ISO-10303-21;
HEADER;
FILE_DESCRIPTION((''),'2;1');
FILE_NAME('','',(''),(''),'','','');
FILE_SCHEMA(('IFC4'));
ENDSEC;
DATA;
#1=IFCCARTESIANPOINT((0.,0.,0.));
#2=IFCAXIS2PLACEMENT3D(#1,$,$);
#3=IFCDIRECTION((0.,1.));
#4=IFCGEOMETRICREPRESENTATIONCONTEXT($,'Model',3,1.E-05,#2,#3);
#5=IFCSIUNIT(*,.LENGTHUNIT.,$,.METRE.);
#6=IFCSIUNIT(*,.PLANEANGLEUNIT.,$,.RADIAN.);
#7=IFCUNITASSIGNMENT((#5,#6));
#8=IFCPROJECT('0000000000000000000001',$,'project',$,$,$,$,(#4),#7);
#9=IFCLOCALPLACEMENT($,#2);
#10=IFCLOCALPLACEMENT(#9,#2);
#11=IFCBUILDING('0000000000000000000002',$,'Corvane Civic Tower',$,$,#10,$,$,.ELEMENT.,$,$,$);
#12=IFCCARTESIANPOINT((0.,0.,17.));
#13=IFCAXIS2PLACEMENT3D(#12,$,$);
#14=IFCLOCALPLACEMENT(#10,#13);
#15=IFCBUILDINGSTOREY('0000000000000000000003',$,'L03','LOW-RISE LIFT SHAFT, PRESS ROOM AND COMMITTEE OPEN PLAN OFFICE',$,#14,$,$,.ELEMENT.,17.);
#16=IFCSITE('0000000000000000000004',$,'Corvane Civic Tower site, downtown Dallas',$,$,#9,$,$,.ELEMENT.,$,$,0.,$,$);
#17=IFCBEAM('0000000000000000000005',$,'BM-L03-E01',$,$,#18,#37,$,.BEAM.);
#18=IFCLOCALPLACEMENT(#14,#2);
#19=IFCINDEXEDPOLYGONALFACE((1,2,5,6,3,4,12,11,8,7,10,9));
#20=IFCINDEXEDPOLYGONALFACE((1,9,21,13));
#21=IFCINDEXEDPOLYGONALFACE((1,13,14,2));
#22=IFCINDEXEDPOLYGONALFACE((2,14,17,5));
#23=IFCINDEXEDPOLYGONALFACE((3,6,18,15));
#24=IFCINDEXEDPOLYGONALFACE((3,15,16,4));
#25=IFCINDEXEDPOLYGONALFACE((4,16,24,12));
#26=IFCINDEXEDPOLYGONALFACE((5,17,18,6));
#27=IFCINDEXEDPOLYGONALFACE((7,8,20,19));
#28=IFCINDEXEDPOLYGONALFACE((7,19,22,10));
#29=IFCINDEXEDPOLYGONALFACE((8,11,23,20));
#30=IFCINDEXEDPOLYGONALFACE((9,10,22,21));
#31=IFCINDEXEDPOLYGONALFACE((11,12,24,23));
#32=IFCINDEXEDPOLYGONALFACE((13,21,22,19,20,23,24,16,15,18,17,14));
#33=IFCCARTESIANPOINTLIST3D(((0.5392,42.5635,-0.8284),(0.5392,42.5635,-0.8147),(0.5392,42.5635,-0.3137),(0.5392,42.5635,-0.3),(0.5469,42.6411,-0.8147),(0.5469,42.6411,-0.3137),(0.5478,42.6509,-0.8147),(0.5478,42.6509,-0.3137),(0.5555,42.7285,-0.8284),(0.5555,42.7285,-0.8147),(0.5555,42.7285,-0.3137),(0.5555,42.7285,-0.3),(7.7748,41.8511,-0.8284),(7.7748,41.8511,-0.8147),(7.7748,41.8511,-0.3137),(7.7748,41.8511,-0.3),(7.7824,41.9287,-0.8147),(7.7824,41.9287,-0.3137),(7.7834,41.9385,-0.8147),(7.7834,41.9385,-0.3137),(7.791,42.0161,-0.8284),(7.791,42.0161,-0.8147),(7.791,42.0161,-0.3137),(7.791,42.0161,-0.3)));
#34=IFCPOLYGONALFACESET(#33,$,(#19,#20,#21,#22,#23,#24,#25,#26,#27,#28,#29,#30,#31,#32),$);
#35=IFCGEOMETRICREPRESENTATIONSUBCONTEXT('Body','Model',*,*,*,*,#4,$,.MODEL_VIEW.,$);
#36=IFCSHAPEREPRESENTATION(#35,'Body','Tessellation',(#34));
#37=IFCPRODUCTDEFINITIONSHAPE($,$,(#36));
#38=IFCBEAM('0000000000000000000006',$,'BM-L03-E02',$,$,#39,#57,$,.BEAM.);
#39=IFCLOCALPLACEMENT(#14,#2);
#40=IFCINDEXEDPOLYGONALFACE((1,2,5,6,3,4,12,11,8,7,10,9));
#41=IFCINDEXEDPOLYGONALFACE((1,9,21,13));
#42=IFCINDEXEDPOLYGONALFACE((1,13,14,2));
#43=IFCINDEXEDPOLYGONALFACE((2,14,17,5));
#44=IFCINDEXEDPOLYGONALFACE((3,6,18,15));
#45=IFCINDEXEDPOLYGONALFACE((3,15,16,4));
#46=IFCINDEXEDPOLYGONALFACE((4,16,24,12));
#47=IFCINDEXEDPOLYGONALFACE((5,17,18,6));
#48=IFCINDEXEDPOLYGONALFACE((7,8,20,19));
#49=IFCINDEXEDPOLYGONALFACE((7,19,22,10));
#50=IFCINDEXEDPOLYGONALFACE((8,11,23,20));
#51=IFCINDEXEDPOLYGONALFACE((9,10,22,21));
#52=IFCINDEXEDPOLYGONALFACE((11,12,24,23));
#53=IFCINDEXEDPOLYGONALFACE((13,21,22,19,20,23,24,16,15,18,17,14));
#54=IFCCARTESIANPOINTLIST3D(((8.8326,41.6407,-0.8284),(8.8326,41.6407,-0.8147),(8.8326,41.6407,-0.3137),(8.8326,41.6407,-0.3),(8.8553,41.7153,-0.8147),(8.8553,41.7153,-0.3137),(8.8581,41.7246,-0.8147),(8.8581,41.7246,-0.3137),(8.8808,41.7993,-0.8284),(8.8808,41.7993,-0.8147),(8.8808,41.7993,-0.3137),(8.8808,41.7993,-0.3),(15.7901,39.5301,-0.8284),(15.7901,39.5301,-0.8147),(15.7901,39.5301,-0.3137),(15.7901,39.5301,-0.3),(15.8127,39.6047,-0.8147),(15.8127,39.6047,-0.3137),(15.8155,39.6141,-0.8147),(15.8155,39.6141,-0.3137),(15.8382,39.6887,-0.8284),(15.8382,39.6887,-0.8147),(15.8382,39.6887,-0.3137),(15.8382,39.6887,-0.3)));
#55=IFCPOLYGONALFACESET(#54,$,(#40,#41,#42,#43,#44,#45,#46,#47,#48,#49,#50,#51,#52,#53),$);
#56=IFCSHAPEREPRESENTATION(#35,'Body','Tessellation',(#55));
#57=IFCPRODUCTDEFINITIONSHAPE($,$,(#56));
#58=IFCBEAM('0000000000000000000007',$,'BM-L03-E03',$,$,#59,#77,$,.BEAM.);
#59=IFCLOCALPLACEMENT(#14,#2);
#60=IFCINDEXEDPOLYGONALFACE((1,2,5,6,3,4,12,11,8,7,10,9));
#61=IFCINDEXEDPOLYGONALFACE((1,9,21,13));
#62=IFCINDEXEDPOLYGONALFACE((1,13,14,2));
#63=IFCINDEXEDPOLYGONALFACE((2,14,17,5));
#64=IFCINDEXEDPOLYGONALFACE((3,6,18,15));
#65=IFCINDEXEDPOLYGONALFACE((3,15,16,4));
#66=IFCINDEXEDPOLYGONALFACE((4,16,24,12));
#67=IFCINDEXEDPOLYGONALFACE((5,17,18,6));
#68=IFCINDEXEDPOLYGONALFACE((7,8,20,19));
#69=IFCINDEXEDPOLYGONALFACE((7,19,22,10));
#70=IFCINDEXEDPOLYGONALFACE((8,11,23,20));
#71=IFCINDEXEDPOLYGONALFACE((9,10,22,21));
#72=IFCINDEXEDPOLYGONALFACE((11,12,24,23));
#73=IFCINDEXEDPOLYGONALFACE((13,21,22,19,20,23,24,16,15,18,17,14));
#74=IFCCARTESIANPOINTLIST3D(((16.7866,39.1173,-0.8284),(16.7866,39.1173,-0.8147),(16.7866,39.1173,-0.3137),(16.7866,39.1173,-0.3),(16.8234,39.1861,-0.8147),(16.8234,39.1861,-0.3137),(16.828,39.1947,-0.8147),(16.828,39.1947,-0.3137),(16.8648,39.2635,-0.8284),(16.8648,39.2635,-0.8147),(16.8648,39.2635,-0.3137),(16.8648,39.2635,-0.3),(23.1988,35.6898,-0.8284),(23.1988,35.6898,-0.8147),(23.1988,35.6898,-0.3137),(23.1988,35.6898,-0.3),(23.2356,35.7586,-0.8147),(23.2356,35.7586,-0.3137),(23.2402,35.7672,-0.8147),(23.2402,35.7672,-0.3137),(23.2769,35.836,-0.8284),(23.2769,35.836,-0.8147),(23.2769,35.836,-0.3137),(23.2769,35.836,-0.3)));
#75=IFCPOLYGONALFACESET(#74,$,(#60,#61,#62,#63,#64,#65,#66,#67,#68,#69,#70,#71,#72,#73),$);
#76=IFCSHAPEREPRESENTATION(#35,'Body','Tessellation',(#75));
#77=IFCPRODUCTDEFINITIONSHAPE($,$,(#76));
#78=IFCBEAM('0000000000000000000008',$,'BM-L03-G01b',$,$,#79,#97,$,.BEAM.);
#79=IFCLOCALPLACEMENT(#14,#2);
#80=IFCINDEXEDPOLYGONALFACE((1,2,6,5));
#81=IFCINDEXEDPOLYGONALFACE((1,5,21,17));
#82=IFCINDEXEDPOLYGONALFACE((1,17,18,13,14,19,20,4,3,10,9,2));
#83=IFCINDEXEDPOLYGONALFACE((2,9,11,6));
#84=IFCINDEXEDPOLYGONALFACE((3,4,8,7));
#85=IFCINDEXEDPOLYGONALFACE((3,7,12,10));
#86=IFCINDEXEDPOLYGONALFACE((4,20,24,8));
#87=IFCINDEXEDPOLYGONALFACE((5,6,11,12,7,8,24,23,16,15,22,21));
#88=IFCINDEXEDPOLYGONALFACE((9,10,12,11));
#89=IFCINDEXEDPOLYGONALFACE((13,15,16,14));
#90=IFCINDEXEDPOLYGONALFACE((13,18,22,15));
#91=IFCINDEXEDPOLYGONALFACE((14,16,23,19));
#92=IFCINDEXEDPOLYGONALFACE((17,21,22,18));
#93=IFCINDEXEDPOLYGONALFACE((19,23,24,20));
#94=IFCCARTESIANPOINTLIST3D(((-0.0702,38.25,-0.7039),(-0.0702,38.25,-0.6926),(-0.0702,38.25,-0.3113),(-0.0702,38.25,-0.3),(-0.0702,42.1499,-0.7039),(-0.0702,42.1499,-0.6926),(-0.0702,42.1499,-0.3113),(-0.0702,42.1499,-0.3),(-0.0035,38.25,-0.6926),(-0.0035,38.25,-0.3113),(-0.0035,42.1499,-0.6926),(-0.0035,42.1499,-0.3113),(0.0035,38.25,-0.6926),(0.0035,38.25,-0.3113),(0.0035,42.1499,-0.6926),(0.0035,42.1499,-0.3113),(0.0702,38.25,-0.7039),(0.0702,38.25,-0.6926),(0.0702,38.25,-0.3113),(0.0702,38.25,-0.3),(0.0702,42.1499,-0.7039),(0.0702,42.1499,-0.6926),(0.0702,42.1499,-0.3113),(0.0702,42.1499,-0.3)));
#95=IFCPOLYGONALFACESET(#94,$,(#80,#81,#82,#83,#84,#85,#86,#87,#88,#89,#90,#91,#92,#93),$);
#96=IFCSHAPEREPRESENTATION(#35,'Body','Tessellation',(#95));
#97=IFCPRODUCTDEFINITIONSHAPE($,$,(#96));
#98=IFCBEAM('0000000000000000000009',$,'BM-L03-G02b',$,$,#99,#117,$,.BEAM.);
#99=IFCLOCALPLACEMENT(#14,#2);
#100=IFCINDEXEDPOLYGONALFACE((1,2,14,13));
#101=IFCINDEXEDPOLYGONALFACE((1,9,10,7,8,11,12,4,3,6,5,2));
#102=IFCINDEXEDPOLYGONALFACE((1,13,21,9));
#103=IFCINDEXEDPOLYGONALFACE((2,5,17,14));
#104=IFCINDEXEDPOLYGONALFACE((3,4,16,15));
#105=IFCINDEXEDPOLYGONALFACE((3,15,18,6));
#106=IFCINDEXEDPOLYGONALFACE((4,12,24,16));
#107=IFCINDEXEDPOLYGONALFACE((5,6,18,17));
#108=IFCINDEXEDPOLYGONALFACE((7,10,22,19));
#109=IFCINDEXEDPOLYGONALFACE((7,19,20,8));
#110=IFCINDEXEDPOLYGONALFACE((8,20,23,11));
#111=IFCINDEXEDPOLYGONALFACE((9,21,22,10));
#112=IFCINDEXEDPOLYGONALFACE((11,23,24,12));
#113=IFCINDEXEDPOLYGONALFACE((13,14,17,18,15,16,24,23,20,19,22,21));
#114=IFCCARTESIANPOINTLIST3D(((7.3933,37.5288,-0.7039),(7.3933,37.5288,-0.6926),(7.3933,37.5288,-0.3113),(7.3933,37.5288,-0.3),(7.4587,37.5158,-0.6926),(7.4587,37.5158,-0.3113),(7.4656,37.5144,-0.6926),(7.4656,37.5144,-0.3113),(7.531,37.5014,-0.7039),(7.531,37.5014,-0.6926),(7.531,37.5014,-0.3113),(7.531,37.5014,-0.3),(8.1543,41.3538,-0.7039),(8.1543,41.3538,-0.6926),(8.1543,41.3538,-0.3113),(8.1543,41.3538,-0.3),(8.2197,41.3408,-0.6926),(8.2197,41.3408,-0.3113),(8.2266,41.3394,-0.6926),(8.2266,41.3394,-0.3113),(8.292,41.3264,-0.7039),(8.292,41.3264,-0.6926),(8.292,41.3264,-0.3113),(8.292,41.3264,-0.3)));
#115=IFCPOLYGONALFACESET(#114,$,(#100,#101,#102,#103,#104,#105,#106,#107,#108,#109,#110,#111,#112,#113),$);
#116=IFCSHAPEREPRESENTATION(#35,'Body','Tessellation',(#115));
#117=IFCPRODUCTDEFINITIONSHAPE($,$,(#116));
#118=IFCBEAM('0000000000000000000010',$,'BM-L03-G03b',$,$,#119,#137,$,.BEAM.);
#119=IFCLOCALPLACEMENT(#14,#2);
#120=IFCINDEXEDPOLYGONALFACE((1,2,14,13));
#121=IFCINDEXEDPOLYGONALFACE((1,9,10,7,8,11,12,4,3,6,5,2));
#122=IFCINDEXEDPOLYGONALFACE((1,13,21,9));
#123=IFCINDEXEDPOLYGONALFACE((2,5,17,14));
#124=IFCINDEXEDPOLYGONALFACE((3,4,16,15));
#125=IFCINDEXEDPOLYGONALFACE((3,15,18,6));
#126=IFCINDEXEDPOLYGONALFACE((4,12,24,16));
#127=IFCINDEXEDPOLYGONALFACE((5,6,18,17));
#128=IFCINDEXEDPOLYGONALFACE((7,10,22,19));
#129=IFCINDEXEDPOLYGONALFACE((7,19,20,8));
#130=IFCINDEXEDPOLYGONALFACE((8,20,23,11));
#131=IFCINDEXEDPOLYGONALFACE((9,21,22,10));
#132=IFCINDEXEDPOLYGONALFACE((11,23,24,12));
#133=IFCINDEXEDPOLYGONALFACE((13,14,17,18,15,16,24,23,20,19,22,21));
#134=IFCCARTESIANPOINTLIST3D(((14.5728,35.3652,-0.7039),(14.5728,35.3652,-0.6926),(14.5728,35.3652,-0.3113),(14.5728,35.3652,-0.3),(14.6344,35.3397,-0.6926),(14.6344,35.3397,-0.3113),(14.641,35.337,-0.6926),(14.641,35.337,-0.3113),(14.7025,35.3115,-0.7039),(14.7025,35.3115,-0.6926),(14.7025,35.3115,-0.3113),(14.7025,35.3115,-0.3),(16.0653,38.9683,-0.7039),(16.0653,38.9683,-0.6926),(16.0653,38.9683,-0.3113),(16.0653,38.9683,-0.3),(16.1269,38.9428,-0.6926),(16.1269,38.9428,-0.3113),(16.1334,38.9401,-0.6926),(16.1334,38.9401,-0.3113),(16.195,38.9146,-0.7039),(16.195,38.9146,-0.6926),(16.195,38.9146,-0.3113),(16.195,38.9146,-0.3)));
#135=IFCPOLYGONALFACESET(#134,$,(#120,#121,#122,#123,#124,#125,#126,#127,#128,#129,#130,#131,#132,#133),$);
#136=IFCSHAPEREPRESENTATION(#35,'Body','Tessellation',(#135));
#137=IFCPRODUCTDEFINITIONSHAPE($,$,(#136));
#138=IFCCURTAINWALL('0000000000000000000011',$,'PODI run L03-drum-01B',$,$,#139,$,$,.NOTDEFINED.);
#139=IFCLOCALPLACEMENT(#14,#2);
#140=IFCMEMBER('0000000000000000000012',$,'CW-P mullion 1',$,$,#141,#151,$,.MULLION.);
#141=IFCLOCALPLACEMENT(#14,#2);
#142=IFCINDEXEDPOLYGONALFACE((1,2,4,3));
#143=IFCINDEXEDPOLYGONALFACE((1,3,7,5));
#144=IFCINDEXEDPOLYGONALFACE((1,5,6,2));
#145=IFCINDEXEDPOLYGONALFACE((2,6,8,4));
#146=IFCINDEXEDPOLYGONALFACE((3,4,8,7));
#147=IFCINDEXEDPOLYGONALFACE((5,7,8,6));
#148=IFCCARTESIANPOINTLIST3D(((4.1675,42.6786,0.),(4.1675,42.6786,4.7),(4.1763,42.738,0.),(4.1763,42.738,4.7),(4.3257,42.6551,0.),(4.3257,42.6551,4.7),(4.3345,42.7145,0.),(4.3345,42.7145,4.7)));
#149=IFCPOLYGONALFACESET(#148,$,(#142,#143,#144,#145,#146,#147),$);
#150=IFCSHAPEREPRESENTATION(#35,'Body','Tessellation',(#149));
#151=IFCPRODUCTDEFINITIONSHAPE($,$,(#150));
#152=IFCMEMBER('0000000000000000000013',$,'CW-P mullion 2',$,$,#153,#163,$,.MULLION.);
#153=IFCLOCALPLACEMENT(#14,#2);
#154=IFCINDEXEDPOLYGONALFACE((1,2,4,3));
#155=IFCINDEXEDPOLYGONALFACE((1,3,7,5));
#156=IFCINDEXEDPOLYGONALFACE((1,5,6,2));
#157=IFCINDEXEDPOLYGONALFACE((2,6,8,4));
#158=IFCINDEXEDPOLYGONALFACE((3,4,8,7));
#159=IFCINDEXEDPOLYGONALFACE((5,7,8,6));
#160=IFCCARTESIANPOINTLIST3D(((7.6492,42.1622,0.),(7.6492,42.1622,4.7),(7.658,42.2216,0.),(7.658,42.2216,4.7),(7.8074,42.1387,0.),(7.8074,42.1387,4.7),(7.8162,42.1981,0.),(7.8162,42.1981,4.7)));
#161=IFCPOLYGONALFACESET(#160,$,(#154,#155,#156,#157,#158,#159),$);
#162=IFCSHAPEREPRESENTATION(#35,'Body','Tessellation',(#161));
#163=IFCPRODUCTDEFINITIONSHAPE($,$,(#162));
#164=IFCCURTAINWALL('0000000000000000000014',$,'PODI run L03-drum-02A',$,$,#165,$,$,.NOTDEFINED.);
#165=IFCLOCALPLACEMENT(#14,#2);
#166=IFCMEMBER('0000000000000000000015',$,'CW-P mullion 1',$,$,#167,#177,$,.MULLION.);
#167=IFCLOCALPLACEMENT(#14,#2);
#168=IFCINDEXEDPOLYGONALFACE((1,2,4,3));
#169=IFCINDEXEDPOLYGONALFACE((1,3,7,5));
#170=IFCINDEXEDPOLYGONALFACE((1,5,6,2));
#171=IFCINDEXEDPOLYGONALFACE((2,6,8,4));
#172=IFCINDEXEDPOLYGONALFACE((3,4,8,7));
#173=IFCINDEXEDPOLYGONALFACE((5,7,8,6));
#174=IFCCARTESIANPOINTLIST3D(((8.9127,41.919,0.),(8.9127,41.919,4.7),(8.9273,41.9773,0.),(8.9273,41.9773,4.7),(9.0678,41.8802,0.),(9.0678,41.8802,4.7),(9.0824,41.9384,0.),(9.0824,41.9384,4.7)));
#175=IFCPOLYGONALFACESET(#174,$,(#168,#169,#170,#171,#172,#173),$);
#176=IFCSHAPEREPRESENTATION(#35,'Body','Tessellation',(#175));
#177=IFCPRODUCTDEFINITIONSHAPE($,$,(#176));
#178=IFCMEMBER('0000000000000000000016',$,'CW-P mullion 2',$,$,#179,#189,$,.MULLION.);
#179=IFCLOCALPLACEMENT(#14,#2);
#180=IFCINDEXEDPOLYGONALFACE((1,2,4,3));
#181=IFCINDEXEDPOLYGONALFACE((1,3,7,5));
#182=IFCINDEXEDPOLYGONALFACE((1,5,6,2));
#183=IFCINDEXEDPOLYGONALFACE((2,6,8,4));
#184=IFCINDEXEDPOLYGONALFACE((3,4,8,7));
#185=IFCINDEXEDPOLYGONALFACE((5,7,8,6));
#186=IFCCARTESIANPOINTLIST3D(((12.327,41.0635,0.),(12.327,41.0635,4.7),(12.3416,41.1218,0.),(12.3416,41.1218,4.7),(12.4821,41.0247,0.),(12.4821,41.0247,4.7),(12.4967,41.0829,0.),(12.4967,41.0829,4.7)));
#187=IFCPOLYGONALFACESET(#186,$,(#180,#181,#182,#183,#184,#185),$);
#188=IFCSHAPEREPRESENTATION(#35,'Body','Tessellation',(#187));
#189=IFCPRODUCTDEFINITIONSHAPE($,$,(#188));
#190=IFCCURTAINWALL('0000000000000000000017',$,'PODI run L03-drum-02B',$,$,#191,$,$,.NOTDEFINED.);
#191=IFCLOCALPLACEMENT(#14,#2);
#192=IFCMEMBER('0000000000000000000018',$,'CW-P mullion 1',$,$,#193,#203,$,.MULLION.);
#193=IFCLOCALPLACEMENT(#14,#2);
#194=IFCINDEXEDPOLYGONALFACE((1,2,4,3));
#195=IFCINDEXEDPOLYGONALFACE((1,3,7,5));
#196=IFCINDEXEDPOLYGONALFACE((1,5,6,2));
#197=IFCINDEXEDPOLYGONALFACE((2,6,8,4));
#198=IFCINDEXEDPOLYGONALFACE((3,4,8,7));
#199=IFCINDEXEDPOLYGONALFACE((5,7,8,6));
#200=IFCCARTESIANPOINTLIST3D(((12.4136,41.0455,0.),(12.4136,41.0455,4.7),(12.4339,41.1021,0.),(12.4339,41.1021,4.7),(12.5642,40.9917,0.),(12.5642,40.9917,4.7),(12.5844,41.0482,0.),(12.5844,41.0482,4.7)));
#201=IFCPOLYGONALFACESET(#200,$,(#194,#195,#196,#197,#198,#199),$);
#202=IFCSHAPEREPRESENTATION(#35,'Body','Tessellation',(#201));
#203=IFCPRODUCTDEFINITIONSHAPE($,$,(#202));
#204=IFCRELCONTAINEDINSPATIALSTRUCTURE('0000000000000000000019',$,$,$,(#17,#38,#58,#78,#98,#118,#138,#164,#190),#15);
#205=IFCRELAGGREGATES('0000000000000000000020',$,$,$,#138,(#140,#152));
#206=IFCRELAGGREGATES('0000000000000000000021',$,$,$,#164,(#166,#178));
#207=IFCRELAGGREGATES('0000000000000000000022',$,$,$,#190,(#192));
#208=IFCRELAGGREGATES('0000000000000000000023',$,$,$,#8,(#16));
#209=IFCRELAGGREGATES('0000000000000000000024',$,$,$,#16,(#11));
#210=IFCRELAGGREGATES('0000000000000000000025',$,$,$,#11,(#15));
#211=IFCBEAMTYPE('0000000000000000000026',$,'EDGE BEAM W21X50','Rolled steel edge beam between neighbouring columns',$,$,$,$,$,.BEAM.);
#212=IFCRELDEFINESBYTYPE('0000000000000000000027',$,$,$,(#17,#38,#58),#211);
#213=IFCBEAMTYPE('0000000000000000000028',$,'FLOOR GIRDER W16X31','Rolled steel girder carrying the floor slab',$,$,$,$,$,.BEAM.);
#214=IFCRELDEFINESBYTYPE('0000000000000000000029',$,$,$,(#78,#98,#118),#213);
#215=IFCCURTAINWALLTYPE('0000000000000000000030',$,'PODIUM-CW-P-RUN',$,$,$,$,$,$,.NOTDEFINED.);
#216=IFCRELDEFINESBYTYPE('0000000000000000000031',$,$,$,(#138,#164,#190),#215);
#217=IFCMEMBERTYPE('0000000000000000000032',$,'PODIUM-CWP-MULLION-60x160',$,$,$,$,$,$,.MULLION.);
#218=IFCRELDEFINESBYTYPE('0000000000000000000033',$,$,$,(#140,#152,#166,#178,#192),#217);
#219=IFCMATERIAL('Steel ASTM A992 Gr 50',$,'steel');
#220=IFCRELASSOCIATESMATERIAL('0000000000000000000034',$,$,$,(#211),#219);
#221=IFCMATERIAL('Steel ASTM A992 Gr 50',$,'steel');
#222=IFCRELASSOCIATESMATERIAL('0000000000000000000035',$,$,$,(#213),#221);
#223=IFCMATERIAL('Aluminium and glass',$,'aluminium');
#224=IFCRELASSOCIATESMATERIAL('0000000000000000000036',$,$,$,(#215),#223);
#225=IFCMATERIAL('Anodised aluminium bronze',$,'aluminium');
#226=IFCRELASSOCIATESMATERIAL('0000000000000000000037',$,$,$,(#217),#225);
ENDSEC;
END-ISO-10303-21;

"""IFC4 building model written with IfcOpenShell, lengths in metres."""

from ifc_helpers import new_model, si_unit, direction, frame, origin, origin_2d, place, context, subcontext, project, spatial, rectangle, i_section, extrude, material, material_profile, profile_set, type_object, element, aggregate, save


model = new_model("IFC4")

# Units and contexts
model_context = context("Model", 3, precision=1e-05, world=origin(), true_north=direction((0.0, 1.0)))
body_context = subcontext(model_context, "Body", "Model", "MODEL_VIEW")
ifc_project = project(units=[si_unit("LENGTHUNIT", "METRE"), si_unit("PLANEANGLEUNIT", "RADIAN")], contexts=[model_context])

# Site, building, storey
site_placement = place(None, origin())
site = spatial("IfcSite", under=ifc_project, at=site_placement, Name="Corvane Civic Tower site, downtown Dallas", CompositionType="ELEMENT", RefElevation=0.0)
building_placement = place(site_placement, origin())
building = spatial("IfcBuilding", under=site, at=building_placement, Name="Corvane Civic Tower", CompositionType="ELEMENT")
storey_placement = place(building_placement, frame((0.0, 0.0, 17.0)))
storey = spatial("IfcBuildingStorey", under=building, at=storey_placement, Name="L03", Description="LOW-RISE LIFT SHAFT, PRESS ROOM AND COMMITTEE OPEN PLAN OFFICE", CompositionType="ELEMENT", Elevation=17.0)

# Beams
ifc_material_1 = material(Name="Steel ASTM A992 Gr 50", Category="steel")
ifc_material_profile_1 = material_profile(ifc_material_1, i_section(OverallWidth=0.1658, OverallDepth=0.5283, WebThickness=0.0098, FlangeThickness=0.0137, at=origin_2d()), Name="W21X50")
ifc_profile_set_1 = profile_set([ifc_material_profile_1], Name="Steel ASTM A992 Gr 50")
beam_type_1 = type_object("IfcBeamType", Name="EDGE BEAM W21X50", Description="Rolled steel edge beam between neighbouring columns", PredefinedType="BEAM", material=ifc_profile_set_1)
for number, where, z_axis, x_axis, name in (
    (1, (0.5474, 42.646, -0.5642), (0.995188, -0.097984, 0.0), (0.097984, 0.995188, 0.0), "BM-L03-E01"),
    (2, (8.8567, 41.72, -0.5642), (0.956938, -0.290292, 0.0), (0.290292, 0.956938, 0.0), "BM-L03-E02"),
):
    element("IfcBeam", number, at=place(storey_placement, frame(where, z_axis=z_axis, x_axis=x_axis)), inside=storey, type_object=beam_type_1, Name=name, PredefinedType="BEAM", context=body_context, shape_type="SweptSolid", body=[
        extrude(i_section(OverallWidth=0.1658, OverallDepth=0.5283, WebThickness=0.0098, FlangeThickness=0.0137, at=origin_2d()), origin(), (0.0, 0.0, 1.0), 7.2705),
    ])
beam_placement = place(storey_placement, frame((16.8257, 39.1904, -0.5642), z_axis=(0.881913, -0.471412, 0.0), x_axis=(0.471412, 0.881913, 0.0)))
element("IfcBeam", 3, at=beam_placement, inside=storey, type_object=beam_type_1, Name="BM-L03-E03", PredefinedType="BEAM", context=body_context, shape_type="SweptSolid", body=[
    extrude(i_section(OverallWidth=0.1658, OverallDepth=0.5283, WebThickness=0.0098, FlangeThickness=0.0137, at=origin_2d()), origin(), (0.0, 0.0, 1.0), 7.2708),
])
ifc_material_2 = material(Name="Steel ASTM A992 Gr 50", Category="steel")
ifc_material_profile_2 = material_profile(ifc_material_2, i_section(OverallWidth=0.1404, OverallDepth=0.4038, WebThickness=0.0071, FlangeThickness=0.0112, at=origin_2d()), Name="W16X31")
ifc_profile_set_2 = profile_set([ifc_material_profile_2], Name="Steel ASTM A992 Gr 50")
beam_type_2 = type_object("IfcBeamType", Name="FLOOR GIRDER W16X31", Description="Rolled steel girder carrying the floor slab", PredefinedType="BEAM", material=ifc_profile_set_2)
for number, where, z_axis, x_axis, name in (
    (4, (0.0, 38.25, -0.502), (0.0, 1.0, 0.0), (-1.0, 0.0, 0.0), "BM-L03-G01b"),
    (5, (7.4622, 37.5151, -0.502), (0.195129, 0.980778, 0.0), (-0.980778, 0.195129, 0.0), "BM-L03-G02b"),
    (6, (14.6377, 35.3384, -0.502), (0.382685, 0.923879, 0.0), (-0.923879, 0.382685, 0.0), "BM-L03-G03b"),
):
    element("IfcBeam", number, at=place(storey_placement, frame(where, z_axis=z_axis, x_axis=x_axis)), inside=storey, type_object=beam_type_2, Name=name, PredefinedType="BEAM", context=body_context, shape_type="SweptSolid", body=[
        extrude(i_section(OverallWidth=0.1404, OverallDepth=0.4038, WebThickness=0.0071, FlangeThickness=0.0112, at=origin_2d()), origin(), (0.0, 0.0, 1.0), 3.8999),
    ])

# Curtain walls, members
ifc_material_3 = material(Name="Aluminium and glass", Category="aluminium")
curtain_wall_type = type_object("IfcCurtainWallType", Name="PODIUM-CW-P-RUN", PredefinedType="NOTDEFINED", material=ifc_material_3)
curtain_wall_1_placement = place(storey_placement, origin())
curtain_wall_1 = element("IfcCurtainWall", 7, at=curtain_wall_1_placement, inside=storey, type_object=curtain_wall_type, Name="PODI run L03-drum-01B", PredefinedType="NOTDEFINED")
ifc_material_4 = material(Name="Anodised aluminium bronze", Category="aluminium")
ifc_material_profile_3 = material_profile(ifc_material_4, rectangle(XDim=0.0601, YDim=0.1599, at=origin_2d()), Name="AL 60x160")
ifc_profile_set_3 = profile_set([ifc_material_profile_3], Name="Anodised aluminium bronze")
member_type_1 = type_object("IfcMemberType", Name="PODIUM-CWP-MULLION-60x160", PredefinedType="MULLION", material=ifc_profile_set_3)
member_1_placement = place(storey_placement, frame((4.251, 42.6965, 0.0), z_axis=(0.0, 0.0, 1.0), x_axis=(0.146715, 0.989179, 0.0)))
member_1 = element("IfcMember", 8, at=member_1_placement, type_object=member_type_1, Name="CW-P mullion 1", PredefinedType="MULLION", context=body_context, shape_type="SweptSolid", body=[
    extrude(rectangle(XDim=0.0601, YDim=0.1599, at=origin_2d()), origin(), (0.0, 0.0, 1.0), 4.7),
])
member_2_placement = place(storey_placement, frame((7.7327, 42.1802, 0.0), z_axis=(0.0, 0.0, 1.0), x_axis=(0.146715, 0.989179, 0.0)))
member_2 = element("IfcMember", 9, at=member_2_placement, type_object=member_type_1, Name="CW-P mullion 2", PredefinedType="MULLION", context=body_context, shape_type="SweptSolid", body=[
    extrude(rectangle(XDim=0.0601, YDim=0.1599, at=origin_2d()), origin(), (0.0, 0.0, 1.0), 4.7),
])
curtain_wall_2_placement = place(storey_placement, origin())
curtain_wall_2 = element("IfcCurtainWall", 10, at=curtain_wall_2_placement, inside=storey, type_object=curtain_wall_type, Name="PODI run L03-drum-02A", PredefinedType="NOTDEFINED")
member_3_placement = place(storey_placement, frame((8.9976, 41.9287, 0.0), z_axis=(0.0, 0.0, 1.0), x_axis=(0.243009, 0.970024, 0.0)))
member_3 = element("IfcMember", 11, at=member_3_placement, type_object=member_type_1, Name="CW-P mullion 1", PredefinedType="MULLION", context=body_context, shape_type="SweptSolid", body=[
    extrude(rectangle(XDim=0.0601, YDim=0.1599, at=origin_2d()), origin(), (0.0, 0.0, 1.0), 4.7),
])
member_4_placement = place(storey_placement, frame((12.4119, 41.0732, 0.0), z_axis=(0.0, 0.0, 1.0), x_axis=(0.243009, 0.970024, 0.0)))
member_4 = element("IfcMember", 12, at=member_4_placement, type_object=member_type_1, Name="CW-P mullion 2", PredefinedType="MULLION", context=body_context, shape_type="SweptSolid", body=[
    extrude(rectangle(XDim=0.0601, YDim=0.1599, at=origin_2d()), origin(), (0.0, 0.0, 1.0), 4.7),
])
curtain_wall_3_placement = place(storey_placement, origin())
curtain_wall_3 = element("IfcCurtainWall", 13, at=curtain_wall_3_placement, inside=storey, type_object=curtain_wall_type, Name="PODI run L03-drum-02B", PredefinedType="NOTDEFINED")
member_5_placement = place(storey_placement, frame((12.499, 41.0469, 0.0), z_axis=(0.0, 0.0, 1.0), x_axis=(0.336919, 0.941534, 0.0)))
member_5 = element("IfcMember", 14, at=member_5_placement, type_object=member_type_1, Name="CW-P mullion 1", PredefinedType="MULLION", context=body_context, shape_type="SweptSolid", body=[
    extrude(rectangle(XDim=0.0601, YDim=0.1599, at=origin_2d()), origin(), (0.0, 0.0, 1.0), 4.7),
])

aggregate(curtain_wall_1, [member_1, member_2])
aggregate(curtain_wall_2, [member_3, member_4])
aggregate(curtain_wall_3, [member_5])

save(model, "model.ifc")
